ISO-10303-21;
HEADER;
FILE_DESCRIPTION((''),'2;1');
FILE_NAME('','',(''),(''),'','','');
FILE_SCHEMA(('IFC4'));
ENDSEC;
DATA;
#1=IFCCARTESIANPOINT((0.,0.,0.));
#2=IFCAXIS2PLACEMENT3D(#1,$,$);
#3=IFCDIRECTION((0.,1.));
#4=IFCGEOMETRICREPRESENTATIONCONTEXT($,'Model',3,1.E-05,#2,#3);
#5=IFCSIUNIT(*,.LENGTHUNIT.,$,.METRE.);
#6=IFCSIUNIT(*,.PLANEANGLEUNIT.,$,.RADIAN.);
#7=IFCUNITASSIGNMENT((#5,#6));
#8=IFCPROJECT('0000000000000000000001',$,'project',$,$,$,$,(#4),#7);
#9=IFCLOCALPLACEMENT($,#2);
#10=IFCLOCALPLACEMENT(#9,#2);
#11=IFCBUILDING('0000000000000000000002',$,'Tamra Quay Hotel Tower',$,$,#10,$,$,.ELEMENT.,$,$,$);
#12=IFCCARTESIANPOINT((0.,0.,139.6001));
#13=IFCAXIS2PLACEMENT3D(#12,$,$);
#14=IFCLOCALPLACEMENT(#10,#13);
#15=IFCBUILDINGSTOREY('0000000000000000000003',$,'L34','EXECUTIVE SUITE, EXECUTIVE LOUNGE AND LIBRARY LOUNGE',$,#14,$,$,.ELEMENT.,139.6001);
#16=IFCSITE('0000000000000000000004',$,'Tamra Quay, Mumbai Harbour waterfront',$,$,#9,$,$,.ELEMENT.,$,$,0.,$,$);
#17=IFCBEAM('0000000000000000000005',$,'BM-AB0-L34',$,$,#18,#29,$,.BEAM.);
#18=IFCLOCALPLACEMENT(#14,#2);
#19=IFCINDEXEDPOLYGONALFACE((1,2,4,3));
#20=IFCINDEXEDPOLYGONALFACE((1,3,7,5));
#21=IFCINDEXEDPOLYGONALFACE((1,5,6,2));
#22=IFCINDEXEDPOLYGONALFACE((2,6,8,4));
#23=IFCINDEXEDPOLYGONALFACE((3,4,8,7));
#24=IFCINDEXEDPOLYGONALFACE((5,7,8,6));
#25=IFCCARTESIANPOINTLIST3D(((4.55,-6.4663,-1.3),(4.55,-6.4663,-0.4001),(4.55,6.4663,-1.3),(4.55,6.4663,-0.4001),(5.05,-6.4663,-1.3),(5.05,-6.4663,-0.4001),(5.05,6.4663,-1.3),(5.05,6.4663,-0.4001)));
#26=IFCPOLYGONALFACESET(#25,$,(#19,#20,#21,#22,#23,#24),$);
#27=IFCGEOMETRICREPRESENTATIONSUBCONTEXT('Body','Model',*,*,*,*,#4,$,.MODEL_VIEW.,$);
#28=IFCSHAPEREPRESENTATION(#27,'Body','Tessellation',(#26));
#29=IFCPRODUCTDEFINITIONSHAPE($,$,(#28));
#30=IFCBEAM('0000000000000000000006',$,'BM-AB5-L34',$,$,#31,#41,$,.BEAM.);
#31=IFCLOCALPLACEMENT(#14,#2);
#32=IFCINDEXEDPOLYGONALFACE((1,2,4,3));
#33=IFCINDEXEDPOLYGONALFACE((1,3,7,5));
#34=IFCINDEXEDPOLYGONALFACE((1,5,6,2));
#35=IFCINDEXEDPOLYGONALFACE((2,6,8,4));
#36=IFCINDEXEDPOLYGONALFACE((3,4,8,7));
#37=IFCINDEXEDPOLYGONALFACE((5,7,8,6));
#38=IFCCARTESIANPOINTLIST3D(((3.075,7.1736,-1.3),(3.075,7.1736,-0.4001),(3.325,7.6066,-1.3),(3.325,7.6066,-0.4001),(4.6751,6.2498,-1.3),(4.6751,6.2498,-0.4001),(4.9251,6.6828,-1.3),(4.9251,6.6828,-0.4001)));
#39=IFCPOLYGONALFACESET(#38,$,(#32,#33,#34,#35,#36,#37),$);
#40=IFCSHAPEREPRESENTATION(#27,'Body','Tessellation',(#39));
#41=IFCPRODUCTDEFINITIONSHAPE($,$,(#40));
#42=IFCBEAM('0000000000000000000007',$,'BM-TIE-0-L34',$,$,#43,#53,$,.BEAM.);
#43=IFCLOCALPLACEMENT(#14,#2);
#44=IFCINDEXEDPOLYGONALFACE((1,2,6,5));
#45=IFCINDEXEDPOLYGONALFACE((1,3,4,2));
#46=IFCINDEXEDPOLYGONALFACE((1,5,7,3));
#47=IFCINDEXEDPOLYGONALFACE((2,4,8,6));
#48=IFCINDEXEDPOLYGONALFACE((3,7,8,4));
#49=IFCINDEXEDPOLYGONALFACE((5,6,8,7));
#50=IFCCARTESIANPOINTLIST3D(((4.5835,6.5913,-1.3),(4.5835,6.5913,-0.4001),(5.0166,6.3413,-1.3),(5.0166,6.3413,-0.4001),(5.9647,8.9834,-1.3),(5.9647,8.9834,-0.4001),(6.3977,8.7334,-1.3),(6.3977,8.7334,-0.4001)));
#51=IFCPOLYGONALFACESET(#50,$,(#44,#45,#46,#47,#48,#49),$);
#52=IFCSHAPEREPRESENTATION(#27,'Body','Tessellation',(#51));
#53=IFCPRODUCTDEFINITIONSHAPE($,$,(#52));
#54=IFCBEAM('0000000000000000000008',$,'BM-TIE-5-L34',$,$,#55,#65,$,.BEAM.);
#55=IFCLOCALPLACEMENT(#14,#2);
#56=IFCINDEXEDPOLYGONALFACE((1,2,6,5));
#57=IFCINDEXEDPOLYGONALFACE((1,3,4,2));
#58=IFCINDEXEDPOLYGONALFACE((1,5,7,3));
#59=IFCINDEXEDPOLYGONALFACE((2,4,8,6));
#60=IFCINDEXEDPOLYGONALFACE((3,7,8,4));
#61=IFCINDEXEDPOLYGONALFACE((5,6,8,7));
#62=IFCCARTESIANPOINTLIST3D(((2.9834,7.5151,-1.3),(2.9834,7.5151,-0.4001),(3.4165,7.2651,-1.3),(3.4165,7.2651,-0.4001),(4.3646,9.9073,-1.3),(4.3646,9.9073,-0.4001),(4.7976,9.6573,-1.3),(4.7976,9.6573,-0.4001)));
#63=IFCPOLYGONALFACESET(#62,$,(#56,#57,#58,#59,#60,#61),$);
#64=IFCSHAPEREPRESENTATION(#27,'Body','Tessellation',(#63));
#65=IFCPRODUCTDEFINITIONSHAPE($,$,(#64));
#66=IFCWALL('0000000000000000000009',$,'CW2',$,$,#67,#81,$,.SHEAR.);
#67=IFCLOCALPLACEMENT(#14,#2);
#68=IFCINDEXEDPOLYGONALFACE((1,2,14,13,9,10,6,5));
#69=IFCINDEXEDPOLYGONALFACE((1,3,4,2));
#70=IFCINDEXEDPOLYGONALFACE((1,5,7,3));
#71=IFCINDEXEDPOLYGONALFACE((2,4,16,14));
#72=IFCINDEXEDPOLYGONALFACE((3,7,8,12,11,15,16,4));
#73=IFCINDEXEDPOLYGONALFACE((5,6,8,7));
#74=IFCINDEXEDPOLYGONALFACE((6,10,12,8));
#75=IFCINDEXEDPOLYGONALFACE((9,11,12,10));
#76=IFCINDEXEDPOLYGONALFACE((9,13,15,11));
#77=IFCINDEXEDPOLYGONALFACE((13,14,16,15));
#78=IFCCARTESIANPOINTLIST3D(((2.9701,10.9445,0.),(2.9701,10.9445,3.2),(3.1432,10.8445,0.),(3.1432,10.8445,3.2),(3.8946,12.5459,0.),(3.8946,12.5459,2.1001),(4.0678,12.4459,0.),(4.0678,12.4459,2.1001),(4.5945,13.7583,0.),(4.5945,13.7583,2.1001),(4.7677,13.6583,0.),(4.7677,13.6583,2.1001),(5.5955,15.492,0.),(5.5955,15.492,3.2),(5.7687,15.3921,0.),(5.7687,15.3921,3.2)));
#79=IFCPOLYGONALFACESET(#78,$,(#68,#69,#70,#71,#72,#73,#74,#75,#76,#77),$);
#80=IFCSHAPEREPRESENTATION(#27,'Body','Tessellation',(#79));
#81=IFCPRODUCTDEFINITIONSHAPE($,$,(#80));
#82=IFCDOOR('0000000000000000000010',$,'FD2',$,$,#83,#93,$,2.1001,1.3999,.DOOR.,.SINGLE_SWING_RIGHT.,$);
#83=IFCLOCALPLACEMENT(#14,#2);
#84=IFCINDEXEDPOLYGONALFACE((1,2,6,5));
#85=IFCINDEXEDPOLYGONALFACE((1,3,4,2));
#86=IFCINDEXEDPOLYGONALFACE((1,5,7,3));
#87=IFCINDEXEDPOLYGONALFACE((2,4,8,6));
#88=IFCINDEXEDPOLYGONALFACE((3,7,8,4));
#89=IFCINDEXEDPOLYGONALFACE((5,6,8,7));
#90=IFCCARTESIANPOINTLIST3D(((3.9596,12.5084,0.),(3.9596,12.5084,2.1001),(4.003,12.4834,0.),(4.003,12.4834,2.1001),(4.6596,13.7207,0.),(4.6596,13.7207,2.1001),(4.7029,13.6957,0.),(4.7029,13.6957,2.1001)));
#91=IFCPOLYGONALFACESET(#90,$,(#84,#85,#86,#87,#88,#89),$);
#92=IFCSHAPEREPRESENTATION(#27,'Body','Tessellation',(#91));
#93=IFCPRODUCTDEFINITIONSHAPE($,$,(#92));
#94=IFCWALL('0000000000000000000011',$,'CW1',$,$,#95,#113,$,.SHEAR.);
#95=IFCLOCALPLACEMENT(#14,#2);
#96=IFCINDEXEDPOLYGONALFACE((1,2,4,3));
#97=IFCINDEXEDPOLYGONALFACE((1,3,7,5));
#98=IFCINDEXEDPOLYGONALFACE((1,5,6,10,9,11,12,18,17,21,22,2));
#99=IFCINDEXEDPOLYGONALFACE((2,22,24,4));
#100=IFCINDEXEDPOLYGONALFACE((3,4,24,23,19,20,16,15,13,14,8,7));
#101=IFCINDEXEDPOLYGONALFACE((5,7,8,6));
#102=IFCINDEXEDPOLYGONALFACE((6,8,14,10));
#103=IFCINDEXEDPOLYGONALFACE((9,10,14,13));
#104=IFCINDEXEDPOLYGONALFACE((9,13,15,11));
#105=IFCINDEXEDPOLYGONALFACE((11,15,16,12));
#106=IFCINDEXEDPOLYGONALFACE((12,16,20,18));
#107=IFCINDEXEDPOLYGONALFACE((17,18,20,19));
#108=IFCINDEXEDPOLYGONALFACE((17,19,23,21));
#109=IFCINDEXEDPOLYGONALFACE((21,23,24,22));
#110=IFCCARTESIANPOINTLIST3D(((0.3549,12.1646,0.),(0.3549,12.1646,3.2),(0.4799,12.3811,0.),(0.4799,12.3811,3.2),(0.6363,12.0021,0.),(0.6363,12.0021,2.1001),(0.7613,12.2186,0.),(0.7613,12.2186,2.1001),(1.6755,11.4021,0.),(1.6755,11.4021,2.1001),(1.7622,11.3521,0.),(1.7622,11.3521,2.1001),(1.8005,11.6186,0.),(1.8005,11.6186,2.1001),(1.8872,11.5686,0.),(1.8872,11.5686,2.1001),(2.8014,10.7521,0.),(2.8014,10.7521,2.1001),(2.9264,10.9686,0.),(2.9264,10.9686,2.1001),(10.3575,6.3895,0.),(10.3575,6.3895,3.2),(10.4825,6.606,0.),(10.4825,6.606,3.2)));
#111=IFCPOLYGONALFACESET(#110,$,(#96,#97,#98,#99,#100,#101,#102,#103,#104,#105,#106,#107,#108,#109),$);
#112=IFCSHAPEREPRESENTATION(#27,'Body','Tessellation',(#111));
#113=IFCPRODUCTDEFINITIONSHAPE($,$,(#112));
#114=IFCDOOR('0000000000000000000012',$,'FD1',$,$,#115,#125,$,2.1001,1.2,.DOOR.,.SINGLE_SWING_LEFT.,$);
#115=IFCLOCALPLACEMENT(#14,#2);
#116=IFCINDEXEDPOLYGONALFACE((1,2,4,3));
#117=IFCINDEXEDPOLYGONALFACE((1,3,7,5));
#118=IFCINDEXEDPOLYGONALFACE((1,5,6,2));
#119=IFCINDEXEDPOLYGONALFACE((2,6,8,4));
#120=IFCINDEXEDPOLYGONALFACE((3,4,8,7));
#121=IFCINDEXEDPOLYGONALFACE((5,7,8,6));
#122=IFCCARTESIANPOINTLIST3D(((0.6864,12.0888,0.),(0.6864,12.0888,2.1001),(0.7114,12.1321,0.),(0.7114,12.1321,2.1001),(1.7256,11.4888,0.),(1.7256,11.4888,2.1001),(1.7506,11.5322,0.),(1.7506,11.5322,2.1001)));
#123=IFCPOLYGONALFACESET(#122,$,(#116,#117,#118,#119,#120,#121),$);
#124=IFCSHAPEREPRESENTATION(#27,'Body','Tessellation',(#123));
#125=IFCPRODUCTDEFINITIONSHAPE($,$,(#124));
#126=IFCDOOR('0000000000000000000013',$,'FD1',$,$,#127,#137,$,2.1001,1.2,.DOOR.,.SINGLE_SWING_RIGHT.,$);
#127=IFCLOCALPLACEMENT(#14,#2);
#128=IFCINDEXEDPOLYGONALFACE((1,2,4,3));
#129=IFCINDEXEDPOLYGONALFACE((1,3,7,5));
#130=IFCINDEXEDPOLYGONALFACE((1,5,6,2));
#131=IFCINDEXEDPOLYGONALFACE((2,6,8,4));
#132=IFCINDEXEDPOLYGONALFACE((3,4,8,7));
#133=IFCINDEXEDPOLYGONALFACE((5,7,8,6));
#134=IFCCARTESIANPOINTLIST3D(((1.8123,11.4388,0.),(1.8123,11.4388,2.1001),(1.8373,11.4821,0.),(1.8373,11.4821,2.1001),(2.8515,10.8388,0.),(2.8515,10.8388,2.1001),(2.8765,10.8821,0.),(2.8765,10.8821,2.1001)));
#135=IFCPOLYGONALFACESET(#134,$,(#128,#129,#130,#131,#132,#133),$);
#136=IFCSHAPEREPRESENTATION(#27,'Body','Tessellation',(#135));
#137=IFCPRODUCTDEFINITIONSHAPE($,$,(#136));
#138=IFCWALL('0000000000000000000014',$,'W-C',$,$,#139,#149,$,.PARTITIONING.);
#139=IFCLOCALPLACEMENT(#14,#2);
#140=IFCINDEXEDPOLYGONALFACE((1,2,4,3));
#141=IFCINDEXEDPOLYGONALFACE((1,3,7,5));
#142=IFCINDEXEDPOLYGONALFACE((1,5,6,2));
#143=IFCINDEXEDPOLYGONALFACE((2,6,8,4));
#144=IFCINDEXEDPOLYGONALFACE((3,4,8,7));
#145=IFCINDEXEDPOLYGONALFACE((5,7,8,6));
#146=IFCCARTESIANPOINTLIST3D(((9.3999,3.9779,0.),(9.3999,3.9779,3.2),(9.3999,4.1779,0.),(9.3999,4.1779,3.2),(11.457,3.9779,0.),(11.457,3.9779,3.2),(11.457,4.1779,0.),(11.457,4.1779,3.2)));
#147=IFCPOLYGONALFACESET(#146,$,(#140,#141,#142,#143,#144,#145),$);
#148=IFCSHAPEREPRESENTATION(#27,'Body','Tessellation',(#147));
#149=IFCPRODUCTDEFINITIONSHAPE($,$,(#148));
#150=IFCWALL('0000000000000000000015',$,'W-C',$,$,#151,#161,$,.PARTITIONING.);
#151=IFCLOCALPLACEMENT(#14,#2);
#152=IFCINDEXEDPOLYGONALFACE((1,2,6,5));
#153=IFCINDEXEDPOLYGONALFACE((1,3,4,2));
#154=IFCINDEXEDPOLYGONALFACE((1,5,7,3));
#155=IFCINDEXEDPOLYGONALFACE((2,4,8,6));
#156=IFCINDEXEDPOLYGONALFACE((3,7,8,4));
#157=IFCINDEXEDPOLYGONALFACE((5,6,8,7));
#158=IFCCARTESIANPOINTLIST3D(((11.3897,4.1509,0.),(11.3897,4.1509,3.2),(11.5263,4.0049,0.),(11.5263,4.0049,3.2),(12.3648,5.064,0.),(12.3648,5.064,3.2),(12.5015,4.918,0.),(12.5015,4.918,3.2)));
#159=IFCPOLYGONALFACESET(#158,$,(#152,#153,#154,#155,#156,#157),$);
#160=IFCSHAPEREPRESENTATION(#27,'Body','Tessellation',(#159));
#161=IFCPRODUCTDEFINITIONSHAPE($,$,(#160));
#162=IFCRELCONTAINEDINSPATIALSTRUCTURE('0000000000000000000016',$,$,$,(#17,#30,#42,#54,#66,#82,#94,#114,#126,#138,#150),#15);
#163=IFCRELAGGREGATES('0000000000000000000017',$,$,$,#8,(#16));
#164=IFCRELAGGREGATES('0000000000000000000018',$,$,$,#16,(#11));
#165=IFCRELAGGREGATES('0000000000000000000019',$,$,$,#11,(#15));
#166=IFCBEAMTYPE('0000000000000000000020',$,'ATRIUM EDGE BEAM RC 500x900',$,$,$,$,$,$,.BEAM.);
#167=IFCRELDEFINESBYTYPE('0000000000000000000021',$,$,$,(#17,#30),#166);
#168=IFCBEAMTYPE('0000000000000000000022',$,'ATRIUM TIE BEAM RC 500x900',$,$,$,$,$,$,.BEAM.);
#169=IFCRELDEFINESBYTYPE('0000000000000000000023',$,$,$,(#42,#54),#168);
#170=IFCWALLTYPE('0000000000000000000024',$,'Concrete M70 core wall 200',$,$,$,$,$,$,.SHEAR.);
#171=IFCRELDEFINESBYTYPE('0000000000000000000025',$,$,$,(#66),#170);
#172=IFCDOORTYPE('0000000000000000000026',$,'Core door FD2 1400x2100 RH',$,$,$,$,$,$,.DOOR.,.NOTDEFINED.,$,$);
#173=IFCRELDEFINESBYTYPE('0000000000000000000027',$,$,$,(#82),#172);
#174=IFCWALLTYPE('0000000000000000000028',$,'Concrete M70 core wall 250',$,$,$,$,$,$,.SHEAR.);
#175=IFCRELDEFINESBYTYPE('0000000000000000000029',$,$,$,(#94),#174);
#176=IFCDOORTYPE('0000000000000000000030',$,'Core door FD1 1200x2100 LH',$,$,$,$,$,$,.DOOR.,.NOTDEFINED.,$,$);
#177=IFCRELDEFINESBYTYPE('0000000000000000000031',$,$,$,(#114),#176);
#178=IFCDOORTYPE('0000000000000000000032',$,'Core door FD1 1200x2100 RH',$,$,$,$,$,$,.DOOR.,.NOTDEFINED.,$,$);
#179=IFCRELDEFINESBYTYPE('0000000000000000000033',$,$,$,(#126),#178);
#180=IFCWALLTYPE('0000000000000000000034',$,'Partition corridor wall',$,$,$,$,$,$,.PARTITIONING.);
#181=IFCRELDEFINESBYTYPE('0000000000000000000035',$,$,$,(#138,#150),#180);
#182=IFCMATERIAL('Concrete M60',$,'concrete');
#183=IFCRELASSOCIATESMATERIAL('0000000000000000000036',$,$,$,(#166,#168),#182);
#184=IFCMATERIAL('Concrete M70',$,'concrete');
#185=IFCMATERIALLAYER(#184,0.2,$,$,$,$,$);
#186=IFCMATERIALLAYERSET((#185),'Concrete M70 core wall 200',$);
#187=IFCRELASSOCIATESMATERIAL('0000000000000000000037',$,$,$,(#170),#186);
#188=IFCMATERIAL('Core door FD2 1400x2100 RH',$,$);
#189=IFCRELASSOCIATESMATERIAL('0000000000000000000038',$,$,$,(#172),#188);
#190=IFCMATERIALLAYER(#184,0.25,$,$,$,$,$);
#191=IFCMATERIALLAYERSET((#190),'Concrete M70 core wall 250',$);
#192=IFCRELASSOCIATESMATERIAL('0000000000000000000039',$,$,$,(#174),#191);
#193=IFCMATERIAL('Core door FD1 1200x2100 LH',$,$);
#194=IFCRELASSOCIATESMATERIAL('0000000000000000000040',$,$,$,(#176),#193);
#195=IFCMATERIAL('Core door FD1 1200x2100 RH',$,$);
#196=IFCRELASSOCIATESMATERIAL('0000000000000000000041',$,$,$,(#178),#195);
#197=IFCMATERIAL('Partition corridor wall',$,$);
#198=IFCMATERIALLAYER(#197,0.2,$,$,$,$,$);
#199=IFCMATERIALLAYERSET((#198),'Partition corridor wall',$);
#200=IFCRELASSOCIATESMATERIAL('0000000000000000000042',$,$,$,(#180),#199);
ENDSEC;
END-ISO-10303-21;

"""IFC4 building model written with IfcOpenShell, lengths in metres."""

from ifc_helpers import new_model, si_unit, direction, frame, frame_2d, origin, origin_2d, place, context, subcontext, project, spatial, rectangle, extrude, material, layer, layer_set, material_profile, profile_set, type_object, element, fill, save


model = new_model("IFC4")

# Units and contexts
model_context = context("Model", 3, precision=1e-05, world=origin(), true_north=direction((0.0, 1.0)))
body_context = subcontext(model_context, "Body", "Model", "MODEL_VIEW")
ifc_project = project(units=[si_unit("LENGTHUNIT", "METRE"), si_unit("PLANEANGLEUNIT", "RADIAN")], contexts=[model_context])

# Site, building, storey
site_placement = place(None, origin())
site = spatial("IfcSite", under=ifc_project, at=site_placement, Name="Tamra Quay, Mumbai Harbour waterfront", CompositionType="ELEMENT", RefElevation=0.0)
building_placement = place(site_placement, origin())
building = spatial("IfcBuilding", under=site, at=building_placement, Name="Tamra Quay Hotel Tower", CompositionType="ELEMENT")
storey_placement = place(building_placement, frame((0.0, 0.0, 139.6001)))
storey = spatial("IfcBuildingStorey", under=building, at=storey_placement, Name="L34", Description="EXECUTIVE SUITE, EXECUTIVE LOUNGE AND LIBRARY LOUNGE", CompositionType="ELEMENT", Elevation=139.6001)

# Beams
ifc_material_1 = material(Name="Concrete M60", Category="concrete")
ifc_material_profile_1 = material_profile(ifc_material_1, rectangle(XDim=0.5, YDim=0.8999, at=origin_2d()), Name="ATRIUM EDGE BEAM RC 500x900")
ifc_profile_set_1 = profile_set([ifc_material_profile_1], Name="Concrete M60")
beam_type_1 = type_object("IfcBeamType", Name="ATRIUM EDGE BEAM RC 500x900", PredefinedType="BEAM", material=ifc_profile_set_1)
beam_1_placement = place(storey_placement, frame((4.8, 6.4663, -0.8501), z_axis=(0.0, -1.0, 0.0), x_axis=(1.0, 0.0, 0.0)))
element("IfcBeam", 1, at=beam_1_placement, inside=storey, type_object=beam_type_1, Name="BM-AB0-L34", PredefinedType="BEAM", context=body_context, shape_type="SweptSolid", body=[
    extrude(rectangle(XDim=0.5, YDim=0.8999, at=origin_2d()), origin(), (0.0, 0.0, 1.0), 12.9326),
])
beam_2_placement = place(storey_placement, frame((3.2, 7.3901, -0.8501), z_axis=(0.866023, -0.500005, 0.0), x_axis=(0.500005, 0.866023, 0.0)))
element("IfcBeam", 2, at=beam_2_placement, inside=storey, type_object=beam_type_1, Name="BM-AB5-L34", PredefinedType="BEAM", context=body_context, shape_type="SweptSolid", body=[
    extrude(rectangle(XDim=0.5, YDim=0.8999, at=origin_2d()), origin(), (0.0, 0.0, 1.0), 1.8477),
])
ifc_material_profile_2 = material_profile(ifc_material_1, rectangle(XDim=0.5, YDim=0.8999, at=origin_2d()), Name="ATRIUM TIE BEAM RC 500x900")
ifc_profile_set_2 = profile_set([ifc_material_profile_2], Name="Concrete M60")
beam_type_2 = type_object("IfcBeamType", Name="ATRIUM TIE BEAM RC 500x900", PredefinedType="BEAM", material=ifc_profile_set_2)
for number, where, z_axis, x_axis, name in (
    (3, (4.8, 6.4663, -0.8501), (0.500008, 0.866021, 0.0), (-0.866021, 0.500008, 0.0), "BM-TIE-0-L34"),
    (4, (3.2, 7.3901, -0.8501), (0.500008, 0.866021, 0.0), (-0.866021, 0.500008, 0.0), "BM-TIE-5-L34"),
):
    element("IfcBeam", number, at=place(storey_placement, frame(where, z_axis=z_axis, x_axis=x_axis)), inside=storey, type_object=beam_type_2, Name=name, PredefinedType="BEAM", context=body_context, shape_type="SweptSolid", body=[
        extrude(rectangle(XDim=0.5, YDim=0.8999, at=origin_2d()), origin(), (0.0, 0.0, 1.0), 2.7622),
    ])

# Wall, opening, door
ifc_material_2 = material(Name="Concrete M70", Category="concrete")
ifc_layer_1 = layer(ifc_material_2, 0.2)
ifc_layer_set_1 = layer_set([ifc_layer_1], Name="Concrete M70 core wall 200")
wall_type_1 = type_object("IfcWallType", Name="Concrete M70 core wall 200", PredefinedType="SHEAR", material=ifc_layer_set_1)
wall_1_placement = place(storey_placement, frame((3.0566, 10.8945, 0.0), z_axis=(0.0, 0.0, 1.0), x_axis=(0.499989, 0.866032, 0.0)))
wall_1 = element("IfcWall", 5, at=wall_1_placement, inside=storey, type_object=wall_type_1, Name="CW2", PredefinedType="SHEAR", context=body_context, shape_type="SweptSolid", body=[
    extrude(rectangle(XDim=5.251, YDim=0.2, at=frame_2d((2.6255, 0.0))), origin(), (0.0, 0.0, 1.0), 3.2),
])
opening_1_placement = place(wall_1_placement, frame((1.8491, 0.0, 0.0)))
opening_1 = element("IfcOpeningElement", 6, at=opening_1_placement, cuts=wall_1, PredefinedType="OPENING", context=body_context, shape_type="SweptSolid", body=[
    extrude(rectangle(XDim=1.3999, YDim=2.1001, at=frame_2d((0.7, 1.05))), frame((0.0, 0.1099, 0.0), z_axis=(0.0, -1.0, 0.0), x_axis=(1.0, 0.0, 0.0)), (0.0, 0.0, 1.0), 0.22),
])
ifc_material_3 = material(Name="Core door FD2 1400x2100 RH")
door_type_1 = type_object("IfcDoorType", Name="Core door FD2 1400x2100 RH", OperationType="NOTDEFINED", PredefinedType="DOOR", material=ifc_material_3)
door_1_placement = place(opening_1_placement, origin())
door_1 = element("IfcDoor", 7, at=door_1_placement, inside=storey, type_object=door_type_1, Name="FD2", OperationType="SINGLE_SWING_RIGHT", OverallHeight=2.1001, OverallWidth=1.3999, PredefinedType="DOOR", context=body_context, shape_type="SweptSolid", body=[
    extrude(rectangle(XDim=1.3999, YDim=2.1001, at=frame_2d((0.7, 1.05))), frame((0.0, 0.0249, 0.0), z_axis=(0.0, -1.0, 0.0), x_axis=(1.0, 0.0, 0.0)), (0.0, 0.0, 1.0), 0.05),
])
fill(opening_1, door_1)

# Wall, openings, doors
ifc_layer_2 = layer(ifc_material_2, 0.25)
ifc_layer_set_2 = layer_set([ifc_layer_2], Name="Concrete M70 core wall 250")
wall_type_2 = type_object("IfcWallType", Name="Concrete M70 core wall 250", PredefinedType="SHEAR", material=ifc_layer_set_2)
wall_2_placement = place(storey_placement, frame((10.4199, 6.4978, 0.0), z_axis=(0.0, 0.0, 1.0), x_axis=(-0.866022, 0.500006, 0.0)))
wall_2 = element("IfcWall", 8, at=wall_2_placement, inside=storey, type_object=wall_type_2, Name="CW1", PredefinedType="SHEAR", context=body_context, shape_type="SweptSolid", body=[
    extrude(rectangle(XDim=11.55, YDim=0.25, at=frame_2d((5.7749, 0.0))), origin(), (0.0, 0.0, 1.0), 3.2),
])
opening_2_placement = place(wall_2_placement, frame((10.0249, 0.0, 0.0)))
opening_2 = element("IfcOpeningElement", 9, at=opening_2_placement, cuts=wall_2, PredefinedType="OPENING", context=body_context, shape_type="SweptSolid", body=[
    extrude(rectangle(XDim=1.2, YDim=2.1001, at=frame_2d((0.6001, 1.05))), frame((0.0, 0.135, 0.0), z_axis=(0.0, -1.0, 0.0), x_axis=(1.0, 0.0, 0.0)), (0.0, 0.0, 1.0), 0.27),
])
opening_3_placement = place(wall_2_placement, frame((8.7249, 0.0, 0.0)))
opening_3 = element("IfcOpeningElement", 10, at=opening_3_placement, cuts=wall_2, PredefinedType="OPENING", context=body_context, shape_type="SweptSolid", body=[
    extrude(rectangle(XDim=1.2, YDim=2.1001, at=frame_2d((0.6001, 1.05))), frame((0.0, 0.135, 0.0), z_axis=(0.0, -1.0, 0.0), x_axis=(1.0, 0.0, 0.0)), (0.0, 0.0, 1.0), 0.27),
])
ifc_material_4 = material(Name="Core door FD1 1200x2100 LH")
door_type_2 = type_object("IfcDoorType", Name="Core door FD1 1200x2100 LH", OperationType="NOTDEFINED", PredefinedType="DOOR", material=ifc_material_4)
door_2_placement = place(opening_2_placement, origin())
door_2 = element("IfcDoor", 11, at=door_2_placement, inside=storey, type_object=door_type_2, Name="FD1", OperationType="SINGLE_SWING_LEFT", OverallHeight=2.1001, OverallWidth=1.2, PredefinedType="DOOR", context=body_context, shape_type="SweptSolid", body=[
    extrude(rectangle(XDim=1.2, YDim=2.1001, at=frame_2d((0.6001, 1.05))), frame((0.0, 0.0249, 0.0), z_axis=(0.0, -1.0, 0.0), x_axis=(1.0, 0.0, 0.0)), (0.0, 0.0, 1.0), 0.05),
])
fill(opening_2, door_2)
ifc_material_5 = material(Name="Core door FD1 1200x2100 RH")
door_type_3 = type_object("IfcDoorType", Name="Core door FD1 1200x2100 RH", OperationType="NOTDEFINED", PredefinedType="DOOR", material=ifc_material_5)
door_3_placement = place(opening_3_placement, origin())
door_3 = element("IfcDoor", 12, at=door_3_placement, inside=storey, type_object=door_type_3, Name="FD1", OperationType="SINGLE_SWING_RIGHT", OverallHeight=2.1001, OverallWidth=1.2, PredefinedType="DOOR", context=body_context, shape_type="SweptSolid", body=[
    extrude(rectangle(XDim=1.2, YDim=2.1001, at=frame_2d((0.6001, 1.05))), frame((0.0, 0.0249, 0.0), z_axis=(0.0, -1.0, 0.0), x_axis=(1.0, 0.0, 0.0)), (0.0, 0.0, 1.0), 0.05),
])
fill(opening_3, door_3)

# Walls
ifc_material_6 = material(Name="Partition corridor wall")
ifc_layer_3 = layer(ifc_material_6, 0.2)
ifc_layer_set_3 = layer_set([ifc_layer_3], Name="Partition corridor wall")
wall_type_3 = type_object("IfcWallType", Name="Partition corridor wall", PredefinedType="PARTITIONING", material=ifc_layer_set_3)
wall_3_placement = place(storey_placement, frame((9.3999, 4.0779, 0.0), z_axis=(0.0, 0.0, 1.0), x_axis=(1.0, 0.0, 0.0)))
element("IfcWall", 13, at=wall_3_placement, inside=storey, type_object=wall_type_3, Name="W-C", PredefinedType="PARTITIONING", context=body_context, shape_type="SweptSolid", body=[
    extrude(rectangle(XDim=2.0571, YDim=0.2, at=frame_2d((1.0286, 0.0))), origin(), (0.0, 0.0, 1.0), 3.2),
])
wall_4_placement = place(storey_placement, frame((11.458, 4.0779, 0.0), z_axis=(0.0, 0.0, 1.0), x_axis=(0.729936, 0.683515, 0.0)))
element("IfcWall", 14, at=wall_4_placement, inside=storey, type_object=wall_type_3, Name="W-C", PredefinedType="PARTITIONING", context=body_context, shape_type="SweptSolid", body=[
    extrude(rectangle(XDim=1.3359, YDim=0.2, at=frame_2d((0.668, 0.0))), origin(), (0.0, 0.0, 1.0), 3.2),
])

save(model, "model.ifc")
